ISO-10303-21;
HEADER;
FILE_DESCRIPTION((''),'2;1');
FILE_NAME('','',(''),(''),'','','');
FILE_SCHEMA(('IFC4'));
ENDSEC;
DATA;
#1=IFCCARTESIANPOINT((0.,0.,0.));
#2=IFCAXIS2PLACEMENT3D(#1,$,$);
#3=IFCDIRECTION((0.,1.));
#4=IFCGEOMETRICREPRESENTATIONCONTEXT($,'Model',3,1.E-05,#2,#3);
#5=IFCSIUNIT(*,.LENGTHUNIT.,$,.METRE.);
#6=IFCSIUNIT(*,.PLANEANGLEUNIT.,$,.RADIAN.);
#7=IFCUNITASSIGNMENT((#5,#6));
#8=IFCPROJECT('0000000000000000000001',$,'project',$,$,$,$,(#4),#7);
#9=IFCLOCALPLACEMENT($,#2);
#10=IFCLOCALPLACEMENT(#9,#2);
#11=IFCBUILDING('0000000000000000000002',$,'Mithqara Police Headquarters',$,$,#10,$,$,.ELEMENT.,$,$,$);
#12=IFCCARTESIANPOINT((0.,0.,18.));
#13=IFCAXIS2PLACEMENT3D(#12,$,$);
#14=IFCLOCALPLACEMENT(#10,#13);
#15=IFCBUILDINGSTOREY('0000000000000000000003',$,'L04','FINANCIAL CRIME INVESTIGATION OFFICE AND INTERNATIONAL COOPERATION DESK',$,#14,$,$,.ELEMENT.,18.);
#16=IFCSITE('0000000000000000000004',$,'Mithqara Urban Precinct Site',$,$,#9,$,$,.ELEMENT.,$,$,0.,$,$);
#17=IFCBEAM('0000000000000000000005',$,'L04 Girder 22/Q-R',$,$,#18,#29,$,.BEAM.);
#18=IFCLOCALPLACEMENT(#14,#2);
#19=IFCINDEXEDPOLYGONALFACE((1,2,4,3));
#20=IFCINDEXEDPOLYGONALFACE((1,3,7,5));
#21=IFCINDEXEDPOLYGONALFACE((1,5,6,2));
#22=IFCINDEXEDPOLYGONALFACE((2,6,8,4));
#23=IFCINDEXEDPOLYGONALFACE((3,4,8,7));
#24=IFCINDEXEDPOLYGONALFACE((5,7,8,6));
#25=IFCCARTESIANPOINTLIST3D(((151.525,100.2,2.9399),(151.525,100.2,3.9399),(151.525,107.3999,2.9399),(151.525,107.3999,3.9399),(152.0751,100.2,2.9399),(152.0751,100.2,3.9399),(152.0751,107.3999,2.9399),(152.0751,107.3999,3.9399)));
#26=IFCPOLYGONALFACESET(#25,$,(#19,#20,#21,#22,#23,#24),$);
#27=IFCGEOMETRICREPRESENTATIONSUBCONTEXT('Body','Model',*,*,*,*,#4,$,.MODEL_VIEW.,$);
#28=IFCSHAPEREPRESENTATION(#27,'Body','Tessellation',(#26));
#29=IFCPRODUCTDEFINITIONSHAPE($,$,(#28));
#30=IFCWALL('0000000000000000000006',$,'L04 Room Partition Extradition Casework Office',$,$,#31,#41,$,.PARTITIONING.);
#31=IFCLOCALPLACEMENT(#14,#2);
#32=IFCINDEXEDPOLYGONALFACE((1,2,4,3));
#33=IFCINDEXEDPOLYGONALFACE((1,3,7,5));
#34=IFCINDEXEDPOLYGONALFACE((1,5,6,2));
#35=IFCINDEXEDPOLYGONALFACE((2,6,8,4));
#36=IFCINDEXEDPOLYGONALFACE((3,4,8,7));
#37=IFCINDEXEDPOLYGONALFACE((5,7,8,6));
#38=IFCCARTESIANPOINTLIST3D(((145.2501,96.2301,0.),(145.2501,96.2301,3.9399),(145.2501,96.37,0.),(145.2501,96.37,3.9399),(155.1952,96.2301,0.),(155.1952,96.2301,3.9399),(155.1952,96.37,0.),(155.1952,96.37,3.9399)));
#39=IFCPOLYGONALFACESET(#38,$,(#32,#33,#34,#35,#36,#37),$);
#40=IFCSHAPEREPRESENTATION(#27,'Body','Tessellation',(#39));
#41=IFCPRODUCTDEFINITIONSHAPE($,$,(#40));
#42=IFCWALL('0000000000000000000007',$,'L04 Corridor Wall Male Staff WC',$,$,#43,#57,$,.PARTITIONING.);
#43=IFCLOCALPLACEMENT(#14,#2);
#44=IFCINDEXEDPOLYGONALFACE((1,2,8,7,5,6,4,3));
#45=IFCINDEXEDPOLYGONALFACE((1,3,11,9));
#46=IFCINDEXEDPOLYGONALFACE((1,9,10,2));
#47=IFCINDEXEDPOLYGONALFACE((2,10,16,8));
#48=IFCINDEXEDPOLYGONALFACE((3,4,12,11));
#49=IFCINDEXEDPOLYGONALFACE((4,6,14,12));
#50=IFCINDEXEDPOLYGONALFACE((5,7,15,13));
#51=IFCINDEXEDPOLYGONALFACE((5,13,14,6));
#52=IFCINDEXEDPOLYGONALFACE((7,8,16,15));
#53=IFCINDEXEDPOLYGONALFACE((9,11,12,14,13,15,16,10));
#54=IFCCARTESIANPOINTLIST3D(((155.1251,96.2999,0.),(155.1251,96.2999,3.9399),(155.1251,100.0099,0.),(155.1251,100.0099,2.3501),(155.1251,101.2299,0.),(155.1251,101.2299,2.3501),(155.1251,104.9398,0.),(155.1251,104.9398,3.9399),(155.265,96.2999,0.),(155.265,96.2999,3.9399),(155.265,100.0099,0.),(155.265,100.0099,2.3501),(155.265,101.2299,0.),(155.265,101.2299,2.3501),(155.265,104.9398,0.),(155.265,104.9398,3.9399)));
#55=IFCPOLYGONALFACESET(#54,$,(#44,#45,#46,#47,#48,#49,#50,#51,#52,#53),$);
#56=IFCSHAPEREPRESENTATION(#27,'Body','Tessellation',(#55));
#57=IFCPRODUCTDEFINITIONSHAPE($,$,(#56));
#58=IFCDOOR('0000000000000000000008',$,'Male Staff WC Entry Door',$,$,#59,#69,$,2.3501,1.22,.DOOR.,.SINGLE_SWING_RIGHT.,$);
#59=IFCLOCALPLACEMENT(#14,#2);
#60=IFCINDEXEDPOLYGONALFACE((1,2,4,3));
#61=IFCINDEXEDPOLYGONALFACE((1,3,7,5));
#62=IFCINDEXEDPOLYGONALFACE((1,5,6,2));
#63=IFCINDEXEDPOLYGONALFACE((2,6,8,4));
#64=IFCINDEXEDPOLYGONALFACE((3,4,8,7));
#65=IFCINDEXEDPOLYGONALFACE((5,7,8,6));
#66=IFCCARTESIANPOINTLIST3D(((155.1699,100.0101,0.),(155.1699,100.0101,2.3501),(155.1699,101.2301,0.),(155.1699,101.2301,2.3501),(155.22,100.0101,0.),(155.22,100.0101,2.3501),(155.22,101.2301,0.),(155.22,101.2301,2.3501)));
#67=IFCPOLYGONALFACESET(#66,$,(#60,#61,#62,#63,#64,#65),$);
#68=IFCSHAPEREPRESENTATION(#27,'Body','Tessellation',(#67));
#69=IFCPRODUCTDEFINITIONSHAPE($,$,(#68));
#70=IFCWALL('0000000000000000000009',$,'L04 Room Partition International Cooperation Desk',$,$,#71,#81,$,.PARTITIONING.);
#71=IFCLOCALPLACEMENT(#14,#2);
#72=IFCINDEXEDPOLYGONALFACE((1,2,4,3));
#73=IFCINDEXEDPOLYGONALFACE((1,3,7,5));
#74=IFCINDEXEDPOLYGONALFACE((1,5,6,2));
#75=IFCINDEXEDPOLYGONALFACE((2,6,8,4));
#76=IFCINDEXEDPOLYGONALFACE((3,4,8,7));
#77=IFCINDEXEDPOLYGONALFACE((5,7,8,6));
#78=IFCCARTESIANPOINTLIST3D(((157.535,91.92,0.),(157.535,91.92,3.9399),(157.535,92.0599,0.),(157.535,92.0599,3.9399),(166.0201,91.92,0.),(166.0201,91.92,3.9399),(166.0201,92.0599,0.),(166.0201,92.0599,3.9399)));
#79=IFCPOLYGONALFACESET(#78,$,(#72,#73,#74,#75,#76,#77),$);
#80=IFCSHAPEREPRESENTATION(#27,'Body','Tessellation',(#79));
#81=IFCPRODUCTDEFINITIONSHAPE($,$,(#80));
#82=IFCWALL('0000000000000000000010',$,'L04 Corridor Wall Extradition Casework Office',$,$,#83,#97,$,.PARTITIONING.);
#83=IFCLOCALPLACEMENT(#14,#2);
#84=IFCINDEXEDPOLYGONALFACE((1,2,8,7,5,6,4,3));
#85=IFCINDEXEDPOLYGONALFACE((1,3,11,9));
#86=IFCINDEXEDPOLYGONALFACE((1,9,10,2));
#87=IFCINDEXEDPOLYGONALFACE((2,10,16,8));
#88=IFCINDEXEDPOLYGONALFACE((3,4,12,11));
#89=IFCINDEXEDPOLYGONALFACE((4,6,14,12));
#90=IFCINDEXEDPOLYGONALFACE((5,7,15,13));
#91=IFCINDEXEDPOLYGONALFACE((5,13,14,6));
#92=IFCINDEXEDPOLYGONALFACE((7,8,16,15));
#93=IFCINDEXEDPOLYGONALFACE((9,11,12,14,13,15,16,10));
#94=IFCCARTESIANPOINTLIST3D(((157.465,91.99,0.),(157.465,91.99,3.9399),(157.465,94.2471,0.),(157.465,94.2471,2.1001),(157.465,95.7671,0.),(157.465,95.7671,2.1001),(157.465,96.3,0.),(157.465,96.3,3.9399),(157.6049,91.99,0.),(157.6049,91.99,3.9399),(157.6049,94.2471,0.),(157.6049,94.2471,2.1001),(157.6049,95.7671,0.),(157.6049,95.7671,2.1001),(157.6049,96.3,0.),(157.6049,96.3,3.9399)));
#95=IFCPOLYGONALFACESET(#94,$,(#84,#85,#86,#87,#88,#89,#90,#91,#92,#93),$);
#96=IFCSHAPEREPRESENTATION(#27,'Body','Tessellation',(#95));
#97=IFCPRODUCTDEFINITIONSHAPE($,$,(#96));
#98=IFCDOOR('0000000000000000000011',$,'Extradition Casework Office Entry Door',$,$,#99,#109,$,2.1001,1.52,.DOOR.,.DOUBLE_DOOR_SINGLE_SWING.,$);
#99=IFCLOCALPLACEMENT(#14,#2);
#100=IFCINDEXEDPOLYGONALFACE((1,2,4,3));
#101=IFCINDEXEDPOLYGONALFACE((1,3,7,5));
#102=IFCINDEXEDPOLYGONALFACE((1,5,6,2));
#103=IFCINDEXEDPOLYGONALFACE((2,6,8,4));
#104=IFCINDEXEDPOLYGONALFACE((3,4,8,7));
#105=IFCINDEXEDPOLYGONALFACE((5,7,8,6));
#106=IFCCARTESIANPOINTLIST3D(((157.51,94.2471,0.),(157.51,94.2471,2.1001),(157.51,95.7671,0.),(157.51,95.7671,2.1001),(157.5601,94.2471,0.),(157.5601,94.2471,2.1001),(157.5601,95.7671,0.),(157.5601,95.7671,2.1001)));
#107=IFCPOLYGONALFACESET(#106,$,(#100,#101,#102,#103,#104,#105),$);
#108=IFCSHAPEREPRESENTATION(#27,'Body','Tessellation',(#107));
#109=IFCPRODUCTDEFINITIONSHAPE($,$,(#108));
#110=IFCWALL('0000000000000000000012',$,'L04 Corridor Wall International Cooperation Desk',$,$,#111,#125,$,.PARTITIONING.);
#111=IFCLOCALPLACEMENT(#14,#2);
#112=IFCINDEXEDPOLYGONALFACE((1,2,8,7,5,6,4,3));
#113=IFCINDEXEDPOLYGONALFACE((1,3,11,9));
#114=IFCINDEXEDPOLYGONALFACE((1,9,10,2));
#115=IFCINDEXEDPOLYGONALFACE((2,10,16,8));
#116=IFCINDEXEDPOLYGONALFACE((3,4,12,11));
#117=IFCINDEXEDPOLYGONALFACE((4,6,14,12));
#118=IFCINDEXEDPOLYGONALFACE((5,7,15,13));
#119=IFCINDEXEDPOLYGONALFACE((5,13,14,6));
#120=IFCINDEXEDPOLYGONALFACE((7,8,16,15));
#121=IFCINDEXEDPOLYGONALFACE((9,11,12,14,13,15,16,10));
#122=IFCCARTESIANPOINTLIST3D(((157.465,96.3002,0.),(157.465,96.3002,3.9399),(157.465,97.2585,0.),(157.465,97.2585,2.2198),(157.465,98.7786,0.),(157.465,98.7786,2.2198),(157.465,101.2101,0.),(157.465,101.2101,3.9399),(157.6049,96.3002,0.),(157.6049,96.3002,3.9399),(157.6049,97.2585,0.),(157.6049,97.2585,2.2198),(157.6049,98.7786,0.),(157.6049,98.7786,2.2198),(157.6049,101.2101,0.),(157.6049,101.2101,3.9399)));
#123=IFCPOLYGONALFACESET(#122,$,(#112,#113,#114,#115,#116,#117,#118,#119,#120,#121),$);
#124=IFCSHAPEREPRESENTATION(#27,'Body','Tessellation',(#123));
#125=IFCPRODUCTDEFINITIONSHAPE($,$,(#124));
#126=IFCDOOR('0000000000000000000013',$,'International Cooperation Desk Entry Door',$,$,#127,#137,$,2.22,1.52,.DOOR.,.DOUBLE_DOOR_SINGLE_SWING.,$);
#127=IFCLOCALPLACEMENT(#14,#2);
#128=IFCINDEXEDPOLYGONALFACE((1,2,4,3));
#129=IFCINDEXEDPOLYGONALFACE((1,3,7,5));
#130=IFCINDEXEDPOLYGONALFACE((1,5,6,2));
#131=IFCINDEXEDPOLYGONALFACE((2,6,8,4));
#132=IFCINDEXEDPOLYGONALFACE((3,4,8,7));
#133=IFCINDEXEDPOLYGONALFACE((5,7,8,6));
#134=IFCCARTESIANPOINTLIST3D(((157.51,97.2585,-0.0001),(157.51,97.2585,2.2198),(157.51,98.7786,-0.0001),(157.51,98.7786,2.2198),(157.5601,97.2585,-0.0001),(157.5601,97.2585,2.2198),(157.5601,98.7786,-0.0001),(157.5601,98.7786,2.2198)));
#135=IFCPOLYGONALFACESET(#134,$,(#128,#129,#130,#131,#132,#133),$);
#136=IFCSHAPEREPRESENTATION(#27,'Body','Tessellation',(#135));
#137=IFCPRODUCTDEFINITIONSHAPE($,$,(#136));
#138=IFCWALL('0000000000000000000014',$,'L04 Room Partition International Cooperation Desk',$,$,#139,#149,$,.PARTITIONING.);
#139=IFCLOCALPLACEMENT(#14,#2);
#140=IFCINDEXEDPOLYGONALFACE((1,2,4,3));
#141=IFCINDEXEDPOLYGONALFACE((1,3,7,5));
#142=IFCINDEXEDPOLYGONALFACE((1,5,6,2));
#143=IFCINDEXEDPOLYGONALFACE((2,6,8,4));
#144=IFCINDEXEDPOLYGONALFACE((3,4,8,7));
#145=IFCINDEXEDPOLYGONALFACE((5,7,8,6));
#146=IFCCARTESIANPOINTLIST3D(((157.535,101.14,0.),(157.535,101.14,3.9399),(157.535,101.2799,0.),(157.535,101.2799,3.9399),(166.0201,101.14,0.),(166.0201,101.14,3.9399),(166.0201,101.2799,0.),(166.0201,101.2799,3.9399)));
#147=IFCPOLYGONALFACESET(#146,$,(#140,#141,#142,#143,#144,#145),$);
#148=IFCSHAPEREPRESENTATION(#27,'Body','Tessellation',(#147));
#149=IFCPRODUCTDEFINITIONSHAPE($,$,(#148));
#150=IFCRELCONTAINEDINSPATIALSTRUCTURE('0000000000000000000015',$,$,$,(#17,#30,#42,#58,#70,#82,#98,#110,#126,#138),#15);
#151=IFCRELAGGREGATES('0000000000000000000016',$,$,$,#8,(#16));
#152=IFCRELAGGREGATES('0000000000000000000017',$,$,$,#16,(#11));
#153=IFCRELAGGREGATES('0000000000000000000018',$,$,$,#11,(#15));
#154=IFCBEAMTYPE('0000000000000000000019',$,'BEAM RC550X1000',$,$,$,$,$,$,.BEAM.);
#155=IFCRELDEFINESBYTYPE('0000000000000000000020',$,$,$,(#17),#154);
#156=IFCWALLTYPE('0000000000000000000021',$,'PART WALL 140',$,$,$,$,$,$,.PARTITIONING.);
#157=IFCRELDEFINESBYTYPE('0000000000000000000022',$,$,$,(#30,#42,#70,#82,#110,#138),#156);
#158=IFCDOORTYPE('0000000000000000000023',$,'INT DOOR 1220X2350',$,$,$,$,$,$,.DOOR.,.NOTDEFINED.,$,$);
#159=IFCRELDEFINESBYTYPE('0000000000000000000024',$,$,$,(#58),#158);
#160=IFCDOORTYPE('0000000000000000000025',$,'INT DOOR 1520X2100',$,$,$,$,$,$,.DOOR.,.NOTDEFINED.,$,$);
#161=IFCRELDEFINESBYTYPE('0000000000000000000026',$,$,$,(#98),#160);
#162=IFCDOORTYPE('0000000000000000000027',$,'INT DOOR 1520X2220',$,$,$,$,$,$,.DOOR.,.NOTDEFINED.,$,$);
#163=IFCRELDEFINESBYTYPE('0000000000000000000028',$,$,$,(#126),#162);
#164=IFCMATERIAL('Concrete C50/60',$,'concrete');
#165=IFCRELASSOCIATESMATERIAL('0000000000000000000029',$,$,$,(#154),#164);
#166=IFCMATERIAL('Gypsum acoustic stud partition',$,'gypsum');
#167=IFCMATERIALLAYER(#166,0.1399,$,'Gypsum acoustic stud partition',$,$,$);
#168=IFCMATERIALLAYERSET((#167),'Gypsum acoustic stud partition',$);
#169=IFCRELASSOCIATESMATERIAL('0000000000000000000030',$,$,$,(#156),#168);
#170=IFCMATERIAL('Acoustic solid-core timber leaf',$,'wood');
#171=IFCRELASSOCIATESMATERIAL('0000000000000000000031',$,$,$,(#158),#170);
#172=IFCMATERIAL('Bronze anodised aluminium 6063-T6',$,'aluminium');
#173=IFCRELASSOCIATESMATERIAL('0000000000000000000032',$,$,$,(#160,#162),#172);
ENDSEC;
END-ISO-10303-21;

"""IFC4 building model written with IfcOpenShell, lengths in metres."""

from ifc_helpers import new_model, si_unit, direction, frame, frame_2d, origin, origin_2d, place, context, subcontext, project, spatial, rectangle, extrude, material, layer, layer_set, material_profile, profile_set, type_object, element, fill, save


model = new_model("IFC4")

# Units and contexts
model_context = context("Model", 3, precision=1e-05, world=origin(), true_north=direction((0.0, 1.0)))
body_context = subcontext(model_context, "Body", "Model", "MODEL_VIEW")
ifc_project = project(units=[si_unit("LENGTHUNIT", "METRE"), si_unit("PLANEANGLEUNIT", "RADIAN")], contexts=[model_context])

# Site, building, storey
site_placement = place(None, origin())
site = spatial("IfcSite", under=ifc_project, at=site_placement, Name="Mithqara Urban Precinct Site", CompositionType="ELEMENT", RefElevation=0.0)
building_placement = place(site_placement, origin())
building = spatial("IfcBuilding", under=site, at=building_placement, Name="Mithqara Police Headquarters", CompositionType="ELEMENT")
storey_placement = place(building_placement, frame((0.0, 0.0, 18.0)))
storey = spatial("IfcBuildingStorey", under=building, at=storey_placement, Name="L04", Description="FINANCIAL CRIME INVESTIGATION OFFICE AND INTERNATIONAL COOPERATION DESK", CompositionType="ELEMENT", Elevation=18.0)

# Shared definitions
ifc_material_1 = material(Name="Concrete C50/60", Category="concrete")

# Beam
ifc_material_profile_1 = material_profile(ifc_material_1, rectangle(XDim=0.55, YDim=1.0, at=origin_2d()), Name="RC 550x1000")
ifc_profile_set_1 = profile_set([ifc_material_profile_1], Name="Concrete C50/60")
beam_type_1 = type_object("IfcBeamType", Name="BEAM RC550X1000", PredefinedType="BEAM", material=ifc_profile_set_1)
beam_1_placement = place(storey_placement, frame((151.8, 100.2, 3.4399), z_axis=(0.0, 1.0, 0.0), x_axis=(-1.0, 0.0, 0.0)))
element("IfcBeam", 1, at=beam_1_placement, inside=storey, type_object=beam_type_1, Name="L04 Girder 22/Q-R", PredefinedType="BEAM", context=body_context, shape_type="SweptSolid", body=[
    extrude(rectangle(XDim=0.55, YDim=1.0, at=origin_2d()), origin(), (0.0, 0.0, 1.0), 7.2),
])

# Wall
ifc_material_2 = material(Name="Gypsum acoustic stud partition", Category="gypsum")
ifc_layer = layer(ifc_material_2, 0.1399, Name="Gypsum acoustic stud partition")
ifc_layer_set = layer_set([ifc_layer], Name="Gypsum acoustic stud partition")
wall_type = type_object("IfcWallType", Name="PART WALL 140", PredefinedType="PARTITIONING", material=ifc_layer_set)
wall_1_placement = place(storey_placement, frame((145.25, 96.3, 0.0), z_axis=(0.0, 0.0, 1.0), x_axis=(1.0, 0.0, 0.0)))
element("IfcWall", 2, at=wall_1_placement, inside=storey, type_object=wall_type, Name="L04 Room Partition Extradition Casework Office", PredefinedType="PARTITIONING", context=body_context, shape_type="SweptSolid", body=[
    extrude(rectangle(XDim=9.9451, YDim=0.1399, at=frame_2d((4.9727, 0.0))), origin(), (0.0, 0.0, 1.0), 3.9399),
])

# Wall, opening, door
wall_2_placement = place(storey_placement, frame((155.1951, 96.3, 0.0), z_axis=(0.0, 0.0, 1.0), x_axis=(0.0, 1.0, 0.0)))
wall_2 = element("IfcWall", 3, at=wall_2_placement, inside=storey, type_object=wall_type, Name="L04 Corridor Wall Male Staff WC", PredefinedType="PARTITIONING", context=body_context, shape_type="SweptSolid", body=[
    extrude(rectangle(XDim=8.6399, YDim=0.1399, at=frame_2d((4.3198, 0.0))), origin(), (0.0, 0.0, 1.0), 3.9399),
])
opening_1_placement = place(wall_2_placement, frame((3.71, 0.0, 0.0)))
opening_1 = element("IfcOpeningElement", 4, at=opening_1_placement, cuts=wall_2, PredefinedType="OPENING", context=body_context, shape_type="SweptSolid", body=[
    extrude(rectangle(XDim=1.22, YDim=2.3501, at=frame_2d((0.6099, 1.175))), frame((0.0, 0.0801, 0.0), z_axis=(0.0, -1.0, 0.0), x_axis=(1.0, 0.0, 0.0)), (0.0, 0.0, 1.0), 0.1599),
])
ifc_material_3 = material(Name="Acoustic solid-core timber leaf", Category="wood")
door_type_1 = type_object("IfcDoorType", Name="INT DOOR 1220X2350", OperationType="NOTDEFINED", PredefinedType="DOOR", material=ifc_material_3)
door_1_placement = place(opening_1_placement, frame((1.22, 0.0, 0.0), z_axis=(0.0, 0.0, 1.0), x_axis=(-1.0, 0.0, 0.0)))
door_1 = element("IfcDoor", 5, at=door_1_placement, inside=storey, type_object=door_type_1, Name="Male Staff WC Entry Door", OperationType="SINGLE_SWING_RIGHT", OverallHeight=2.3501, OverallWidth=1.22, PredefinedType="DOOR", context=body_context, shape_type="SweptSolid", body=[
    extrude(rectangle(XDim=1.22, YDim=2.3501, at=frame_2d((0.6099, 1.175))), frame((0.0, 0.0249, 0.0), z_axis=(0.0, -1.0, 0.0), x_axis=(1.0, 0.0, 0.0)), (0.0, 0.0, 1.0), 0.05),
])
fill(opening_1, door_1)

# Wall
wall_3_placement = place(storey_placement, frame((157.5349, 91.99, 0.0), z_axis=(0.0, 0.0, 1.0), x_axis=(1.0, 0.0, 0.0)))
element("IfcWall", 6, at=wall_3_placement, inside=storey, type_object=wall_type, Name="L04 Room Partition International Cooperation Desk", PredefinedType="PARTITIONING", context=body_context, shape_type="SweptSolid", body=[
    extrude(rectangle(XDim=8.4851, YDim=0.1399, at=frame_2d((4.2427, 0.0))), origin(), (0.0, 0.0, 1.0), 3.9399),
])

# Walls, openings, doors
wall_4_placement = place(storey_placement, frame((157.5349, 91.99, 0.0), z_axis=(0.0, 0.0, 1.0), x_axis=(0.0, 1.0, 0.0)))
wall_4 = element("IfcWall", 7, at=wall_4_placement, inside=storey, type_object=wall_type, Name="L04 Corridor Wall Extradition Casework Office", PredefinedType="PARTITIONING", context=body_context, shape_type="SweptSolid", body=[
    extrude(rectangle(XDim=4.3101, YDim=0.1399, at=frame_2d((2.155, 0.0))), origin(), (0.0, 0.0, 1.0), 3.9399),
])
opening_2_placement = place(wall_4_placement, frame((2.2571, 0.0, 0.0)))
opening_2 = element("IfcOpeningElement", 8, at=opening_2_placement, cuts=wall_4, PredefinedType="OPENING", context=body_context, shape_type="SweptSolid", body=[
    extrude(rectangle(XDim=1.52, YDim=2.1001, at=frame_2d((0.76, 1.05))), frame((0.0, 0.0801, 0.0), z_axis=(0.0, -1.0, 0.0), x_axis=(1.0, 0.0, 0.0)), (0.0, 0.0, 1.0), 0.1599),
])
ifc_material_4 = material(Name="Bronze anodised aluminium 6063-T6", Category="aluminium")
door_type_2 = type_object("IfcDoorType", Name="INT DOOR 1520X2100", OperationType="NOTDEFINED", PredefinedType="DOOR", material=ifc_material_4)
door_2_placement = place(opening_2_placement, origin())
door_2 = element("IfcDoor", 9, at=door_2_placement, inside=storey, type_object=door_type_2, Name="Extradition Casework Office Entry Door", OperationType="DOUBLE_DOOR_SINGLE_SWING", OverallHeight=2.1001, OverallWidth=1.52, PredefinedType="DOOR", context=body_context, shape_type="SweptSolid", body=[
    extrude(rectangle(XDim=1.52, YDim=2.1001, at=frame_2d((0.76, 1.05))), frame((0.0, 0.0249, 0.0), z_axis=(0.0, -1.0, 0.0), x_axis=(1.0, 0.0, 0.0)), (0.0, 0.0, 1.0), 0.05),
])
fill(opening_2, door_2)
wall_5_placement = place(storey_placement, frame((157.5349, 96.3, 0.0), z_axis=(0.0, 0.0, 1.0), x_axis=(0.0, 1.0, 0.0)))
wall_5 = element("IfcWall", 10, at=wall_5_placement, inside=storey, type_object=wall_type, Name="L04 Corridor Wall International Cooperation Desk", PredefinedType="PARTITIONING", context=body_context, shape_type="SweptSolid", body=[
    extrude(rectangle(XDim=4.9099, YDim=0.1399, at=frame_2d((2.4551, 0.0))), origin(), (0.0, 0.0, 1.0), 3.9399),
])
opening_3_placement = place(wall_5_placement, frame((0.9585, 0.0, 0.0)))
opening_3 = element("IfcOpeningElement", 11, at=opening_3_placement, cuts=wall_5, PredefinedType="OPENING", context=body_context, shape_type="SweptSolid", body=[
    extrude(rectangle(XDim=1.52, YDim=2.22, at=frame_2d((0.76, 1.1099))), frame((0.0, 0.0801, 0.0), z_axis=(0.0, -1.0, 0.0), x_axis=(1.0, 0.0, 0.0)), (0.0, 0.0, 1.0), 0.1599),
])
door_type_3 = type_object("IfcDoorType", Name="INT DOOR 1520X2220", OperationType="NOTDEFINED", PredefinedType="DOOR", material=ifc_material_4)
door_3_placement = place(opening_3_placement, origin())
door_3 = element("IfcDoor", 12, at=door_3_placement, inside=storey, type_object=door_type_3, Name="International Cooperation Desk Entry Door", OperationType="DOUBLE_DOOR_SINGLE_SWING", OverallHeight=2.22, OverallWidth=1.52, PredefinedType="DOOR", context=body_context, shape_type="SweptSolid", body=[
    extrude(rectangle(XDim=1.52, YDim=2.22, at=frame_2d((0.76, 1.1099))), frame((0.0, 0.0249, 0.0), z_axis=(0.0, -1.0, 0.0), x_axis=(1.0, 0.0, 0.0)), (0.0, 0.0, 1.0), 0.05),
])
fill(opening_3, door_3)

# Wall
wall_6_placement = place(storey_placement, frame((157.5349, 101.21, 0.0), z_axis=(0.0, 0.0, 1.0), x_axis=(1.0, 0.0, 0.0)))
element("IfcWall", 13, at=wall_6_placement, inside=storey, type_object=wall_type, Name="L04 Room Partition International Cooperation Desk", PredefinedType="PARTITIONING", context=body_context, shape_type="SweptSolid", body=[
    extrude(rectangle(XDim=8.4851, YDim=0.1399, at=frame_2d((4.2427, 0.0))), origin(), (0.0, 0.0, 1.0), 3.9399),
])

save(model, "model.ifc")
